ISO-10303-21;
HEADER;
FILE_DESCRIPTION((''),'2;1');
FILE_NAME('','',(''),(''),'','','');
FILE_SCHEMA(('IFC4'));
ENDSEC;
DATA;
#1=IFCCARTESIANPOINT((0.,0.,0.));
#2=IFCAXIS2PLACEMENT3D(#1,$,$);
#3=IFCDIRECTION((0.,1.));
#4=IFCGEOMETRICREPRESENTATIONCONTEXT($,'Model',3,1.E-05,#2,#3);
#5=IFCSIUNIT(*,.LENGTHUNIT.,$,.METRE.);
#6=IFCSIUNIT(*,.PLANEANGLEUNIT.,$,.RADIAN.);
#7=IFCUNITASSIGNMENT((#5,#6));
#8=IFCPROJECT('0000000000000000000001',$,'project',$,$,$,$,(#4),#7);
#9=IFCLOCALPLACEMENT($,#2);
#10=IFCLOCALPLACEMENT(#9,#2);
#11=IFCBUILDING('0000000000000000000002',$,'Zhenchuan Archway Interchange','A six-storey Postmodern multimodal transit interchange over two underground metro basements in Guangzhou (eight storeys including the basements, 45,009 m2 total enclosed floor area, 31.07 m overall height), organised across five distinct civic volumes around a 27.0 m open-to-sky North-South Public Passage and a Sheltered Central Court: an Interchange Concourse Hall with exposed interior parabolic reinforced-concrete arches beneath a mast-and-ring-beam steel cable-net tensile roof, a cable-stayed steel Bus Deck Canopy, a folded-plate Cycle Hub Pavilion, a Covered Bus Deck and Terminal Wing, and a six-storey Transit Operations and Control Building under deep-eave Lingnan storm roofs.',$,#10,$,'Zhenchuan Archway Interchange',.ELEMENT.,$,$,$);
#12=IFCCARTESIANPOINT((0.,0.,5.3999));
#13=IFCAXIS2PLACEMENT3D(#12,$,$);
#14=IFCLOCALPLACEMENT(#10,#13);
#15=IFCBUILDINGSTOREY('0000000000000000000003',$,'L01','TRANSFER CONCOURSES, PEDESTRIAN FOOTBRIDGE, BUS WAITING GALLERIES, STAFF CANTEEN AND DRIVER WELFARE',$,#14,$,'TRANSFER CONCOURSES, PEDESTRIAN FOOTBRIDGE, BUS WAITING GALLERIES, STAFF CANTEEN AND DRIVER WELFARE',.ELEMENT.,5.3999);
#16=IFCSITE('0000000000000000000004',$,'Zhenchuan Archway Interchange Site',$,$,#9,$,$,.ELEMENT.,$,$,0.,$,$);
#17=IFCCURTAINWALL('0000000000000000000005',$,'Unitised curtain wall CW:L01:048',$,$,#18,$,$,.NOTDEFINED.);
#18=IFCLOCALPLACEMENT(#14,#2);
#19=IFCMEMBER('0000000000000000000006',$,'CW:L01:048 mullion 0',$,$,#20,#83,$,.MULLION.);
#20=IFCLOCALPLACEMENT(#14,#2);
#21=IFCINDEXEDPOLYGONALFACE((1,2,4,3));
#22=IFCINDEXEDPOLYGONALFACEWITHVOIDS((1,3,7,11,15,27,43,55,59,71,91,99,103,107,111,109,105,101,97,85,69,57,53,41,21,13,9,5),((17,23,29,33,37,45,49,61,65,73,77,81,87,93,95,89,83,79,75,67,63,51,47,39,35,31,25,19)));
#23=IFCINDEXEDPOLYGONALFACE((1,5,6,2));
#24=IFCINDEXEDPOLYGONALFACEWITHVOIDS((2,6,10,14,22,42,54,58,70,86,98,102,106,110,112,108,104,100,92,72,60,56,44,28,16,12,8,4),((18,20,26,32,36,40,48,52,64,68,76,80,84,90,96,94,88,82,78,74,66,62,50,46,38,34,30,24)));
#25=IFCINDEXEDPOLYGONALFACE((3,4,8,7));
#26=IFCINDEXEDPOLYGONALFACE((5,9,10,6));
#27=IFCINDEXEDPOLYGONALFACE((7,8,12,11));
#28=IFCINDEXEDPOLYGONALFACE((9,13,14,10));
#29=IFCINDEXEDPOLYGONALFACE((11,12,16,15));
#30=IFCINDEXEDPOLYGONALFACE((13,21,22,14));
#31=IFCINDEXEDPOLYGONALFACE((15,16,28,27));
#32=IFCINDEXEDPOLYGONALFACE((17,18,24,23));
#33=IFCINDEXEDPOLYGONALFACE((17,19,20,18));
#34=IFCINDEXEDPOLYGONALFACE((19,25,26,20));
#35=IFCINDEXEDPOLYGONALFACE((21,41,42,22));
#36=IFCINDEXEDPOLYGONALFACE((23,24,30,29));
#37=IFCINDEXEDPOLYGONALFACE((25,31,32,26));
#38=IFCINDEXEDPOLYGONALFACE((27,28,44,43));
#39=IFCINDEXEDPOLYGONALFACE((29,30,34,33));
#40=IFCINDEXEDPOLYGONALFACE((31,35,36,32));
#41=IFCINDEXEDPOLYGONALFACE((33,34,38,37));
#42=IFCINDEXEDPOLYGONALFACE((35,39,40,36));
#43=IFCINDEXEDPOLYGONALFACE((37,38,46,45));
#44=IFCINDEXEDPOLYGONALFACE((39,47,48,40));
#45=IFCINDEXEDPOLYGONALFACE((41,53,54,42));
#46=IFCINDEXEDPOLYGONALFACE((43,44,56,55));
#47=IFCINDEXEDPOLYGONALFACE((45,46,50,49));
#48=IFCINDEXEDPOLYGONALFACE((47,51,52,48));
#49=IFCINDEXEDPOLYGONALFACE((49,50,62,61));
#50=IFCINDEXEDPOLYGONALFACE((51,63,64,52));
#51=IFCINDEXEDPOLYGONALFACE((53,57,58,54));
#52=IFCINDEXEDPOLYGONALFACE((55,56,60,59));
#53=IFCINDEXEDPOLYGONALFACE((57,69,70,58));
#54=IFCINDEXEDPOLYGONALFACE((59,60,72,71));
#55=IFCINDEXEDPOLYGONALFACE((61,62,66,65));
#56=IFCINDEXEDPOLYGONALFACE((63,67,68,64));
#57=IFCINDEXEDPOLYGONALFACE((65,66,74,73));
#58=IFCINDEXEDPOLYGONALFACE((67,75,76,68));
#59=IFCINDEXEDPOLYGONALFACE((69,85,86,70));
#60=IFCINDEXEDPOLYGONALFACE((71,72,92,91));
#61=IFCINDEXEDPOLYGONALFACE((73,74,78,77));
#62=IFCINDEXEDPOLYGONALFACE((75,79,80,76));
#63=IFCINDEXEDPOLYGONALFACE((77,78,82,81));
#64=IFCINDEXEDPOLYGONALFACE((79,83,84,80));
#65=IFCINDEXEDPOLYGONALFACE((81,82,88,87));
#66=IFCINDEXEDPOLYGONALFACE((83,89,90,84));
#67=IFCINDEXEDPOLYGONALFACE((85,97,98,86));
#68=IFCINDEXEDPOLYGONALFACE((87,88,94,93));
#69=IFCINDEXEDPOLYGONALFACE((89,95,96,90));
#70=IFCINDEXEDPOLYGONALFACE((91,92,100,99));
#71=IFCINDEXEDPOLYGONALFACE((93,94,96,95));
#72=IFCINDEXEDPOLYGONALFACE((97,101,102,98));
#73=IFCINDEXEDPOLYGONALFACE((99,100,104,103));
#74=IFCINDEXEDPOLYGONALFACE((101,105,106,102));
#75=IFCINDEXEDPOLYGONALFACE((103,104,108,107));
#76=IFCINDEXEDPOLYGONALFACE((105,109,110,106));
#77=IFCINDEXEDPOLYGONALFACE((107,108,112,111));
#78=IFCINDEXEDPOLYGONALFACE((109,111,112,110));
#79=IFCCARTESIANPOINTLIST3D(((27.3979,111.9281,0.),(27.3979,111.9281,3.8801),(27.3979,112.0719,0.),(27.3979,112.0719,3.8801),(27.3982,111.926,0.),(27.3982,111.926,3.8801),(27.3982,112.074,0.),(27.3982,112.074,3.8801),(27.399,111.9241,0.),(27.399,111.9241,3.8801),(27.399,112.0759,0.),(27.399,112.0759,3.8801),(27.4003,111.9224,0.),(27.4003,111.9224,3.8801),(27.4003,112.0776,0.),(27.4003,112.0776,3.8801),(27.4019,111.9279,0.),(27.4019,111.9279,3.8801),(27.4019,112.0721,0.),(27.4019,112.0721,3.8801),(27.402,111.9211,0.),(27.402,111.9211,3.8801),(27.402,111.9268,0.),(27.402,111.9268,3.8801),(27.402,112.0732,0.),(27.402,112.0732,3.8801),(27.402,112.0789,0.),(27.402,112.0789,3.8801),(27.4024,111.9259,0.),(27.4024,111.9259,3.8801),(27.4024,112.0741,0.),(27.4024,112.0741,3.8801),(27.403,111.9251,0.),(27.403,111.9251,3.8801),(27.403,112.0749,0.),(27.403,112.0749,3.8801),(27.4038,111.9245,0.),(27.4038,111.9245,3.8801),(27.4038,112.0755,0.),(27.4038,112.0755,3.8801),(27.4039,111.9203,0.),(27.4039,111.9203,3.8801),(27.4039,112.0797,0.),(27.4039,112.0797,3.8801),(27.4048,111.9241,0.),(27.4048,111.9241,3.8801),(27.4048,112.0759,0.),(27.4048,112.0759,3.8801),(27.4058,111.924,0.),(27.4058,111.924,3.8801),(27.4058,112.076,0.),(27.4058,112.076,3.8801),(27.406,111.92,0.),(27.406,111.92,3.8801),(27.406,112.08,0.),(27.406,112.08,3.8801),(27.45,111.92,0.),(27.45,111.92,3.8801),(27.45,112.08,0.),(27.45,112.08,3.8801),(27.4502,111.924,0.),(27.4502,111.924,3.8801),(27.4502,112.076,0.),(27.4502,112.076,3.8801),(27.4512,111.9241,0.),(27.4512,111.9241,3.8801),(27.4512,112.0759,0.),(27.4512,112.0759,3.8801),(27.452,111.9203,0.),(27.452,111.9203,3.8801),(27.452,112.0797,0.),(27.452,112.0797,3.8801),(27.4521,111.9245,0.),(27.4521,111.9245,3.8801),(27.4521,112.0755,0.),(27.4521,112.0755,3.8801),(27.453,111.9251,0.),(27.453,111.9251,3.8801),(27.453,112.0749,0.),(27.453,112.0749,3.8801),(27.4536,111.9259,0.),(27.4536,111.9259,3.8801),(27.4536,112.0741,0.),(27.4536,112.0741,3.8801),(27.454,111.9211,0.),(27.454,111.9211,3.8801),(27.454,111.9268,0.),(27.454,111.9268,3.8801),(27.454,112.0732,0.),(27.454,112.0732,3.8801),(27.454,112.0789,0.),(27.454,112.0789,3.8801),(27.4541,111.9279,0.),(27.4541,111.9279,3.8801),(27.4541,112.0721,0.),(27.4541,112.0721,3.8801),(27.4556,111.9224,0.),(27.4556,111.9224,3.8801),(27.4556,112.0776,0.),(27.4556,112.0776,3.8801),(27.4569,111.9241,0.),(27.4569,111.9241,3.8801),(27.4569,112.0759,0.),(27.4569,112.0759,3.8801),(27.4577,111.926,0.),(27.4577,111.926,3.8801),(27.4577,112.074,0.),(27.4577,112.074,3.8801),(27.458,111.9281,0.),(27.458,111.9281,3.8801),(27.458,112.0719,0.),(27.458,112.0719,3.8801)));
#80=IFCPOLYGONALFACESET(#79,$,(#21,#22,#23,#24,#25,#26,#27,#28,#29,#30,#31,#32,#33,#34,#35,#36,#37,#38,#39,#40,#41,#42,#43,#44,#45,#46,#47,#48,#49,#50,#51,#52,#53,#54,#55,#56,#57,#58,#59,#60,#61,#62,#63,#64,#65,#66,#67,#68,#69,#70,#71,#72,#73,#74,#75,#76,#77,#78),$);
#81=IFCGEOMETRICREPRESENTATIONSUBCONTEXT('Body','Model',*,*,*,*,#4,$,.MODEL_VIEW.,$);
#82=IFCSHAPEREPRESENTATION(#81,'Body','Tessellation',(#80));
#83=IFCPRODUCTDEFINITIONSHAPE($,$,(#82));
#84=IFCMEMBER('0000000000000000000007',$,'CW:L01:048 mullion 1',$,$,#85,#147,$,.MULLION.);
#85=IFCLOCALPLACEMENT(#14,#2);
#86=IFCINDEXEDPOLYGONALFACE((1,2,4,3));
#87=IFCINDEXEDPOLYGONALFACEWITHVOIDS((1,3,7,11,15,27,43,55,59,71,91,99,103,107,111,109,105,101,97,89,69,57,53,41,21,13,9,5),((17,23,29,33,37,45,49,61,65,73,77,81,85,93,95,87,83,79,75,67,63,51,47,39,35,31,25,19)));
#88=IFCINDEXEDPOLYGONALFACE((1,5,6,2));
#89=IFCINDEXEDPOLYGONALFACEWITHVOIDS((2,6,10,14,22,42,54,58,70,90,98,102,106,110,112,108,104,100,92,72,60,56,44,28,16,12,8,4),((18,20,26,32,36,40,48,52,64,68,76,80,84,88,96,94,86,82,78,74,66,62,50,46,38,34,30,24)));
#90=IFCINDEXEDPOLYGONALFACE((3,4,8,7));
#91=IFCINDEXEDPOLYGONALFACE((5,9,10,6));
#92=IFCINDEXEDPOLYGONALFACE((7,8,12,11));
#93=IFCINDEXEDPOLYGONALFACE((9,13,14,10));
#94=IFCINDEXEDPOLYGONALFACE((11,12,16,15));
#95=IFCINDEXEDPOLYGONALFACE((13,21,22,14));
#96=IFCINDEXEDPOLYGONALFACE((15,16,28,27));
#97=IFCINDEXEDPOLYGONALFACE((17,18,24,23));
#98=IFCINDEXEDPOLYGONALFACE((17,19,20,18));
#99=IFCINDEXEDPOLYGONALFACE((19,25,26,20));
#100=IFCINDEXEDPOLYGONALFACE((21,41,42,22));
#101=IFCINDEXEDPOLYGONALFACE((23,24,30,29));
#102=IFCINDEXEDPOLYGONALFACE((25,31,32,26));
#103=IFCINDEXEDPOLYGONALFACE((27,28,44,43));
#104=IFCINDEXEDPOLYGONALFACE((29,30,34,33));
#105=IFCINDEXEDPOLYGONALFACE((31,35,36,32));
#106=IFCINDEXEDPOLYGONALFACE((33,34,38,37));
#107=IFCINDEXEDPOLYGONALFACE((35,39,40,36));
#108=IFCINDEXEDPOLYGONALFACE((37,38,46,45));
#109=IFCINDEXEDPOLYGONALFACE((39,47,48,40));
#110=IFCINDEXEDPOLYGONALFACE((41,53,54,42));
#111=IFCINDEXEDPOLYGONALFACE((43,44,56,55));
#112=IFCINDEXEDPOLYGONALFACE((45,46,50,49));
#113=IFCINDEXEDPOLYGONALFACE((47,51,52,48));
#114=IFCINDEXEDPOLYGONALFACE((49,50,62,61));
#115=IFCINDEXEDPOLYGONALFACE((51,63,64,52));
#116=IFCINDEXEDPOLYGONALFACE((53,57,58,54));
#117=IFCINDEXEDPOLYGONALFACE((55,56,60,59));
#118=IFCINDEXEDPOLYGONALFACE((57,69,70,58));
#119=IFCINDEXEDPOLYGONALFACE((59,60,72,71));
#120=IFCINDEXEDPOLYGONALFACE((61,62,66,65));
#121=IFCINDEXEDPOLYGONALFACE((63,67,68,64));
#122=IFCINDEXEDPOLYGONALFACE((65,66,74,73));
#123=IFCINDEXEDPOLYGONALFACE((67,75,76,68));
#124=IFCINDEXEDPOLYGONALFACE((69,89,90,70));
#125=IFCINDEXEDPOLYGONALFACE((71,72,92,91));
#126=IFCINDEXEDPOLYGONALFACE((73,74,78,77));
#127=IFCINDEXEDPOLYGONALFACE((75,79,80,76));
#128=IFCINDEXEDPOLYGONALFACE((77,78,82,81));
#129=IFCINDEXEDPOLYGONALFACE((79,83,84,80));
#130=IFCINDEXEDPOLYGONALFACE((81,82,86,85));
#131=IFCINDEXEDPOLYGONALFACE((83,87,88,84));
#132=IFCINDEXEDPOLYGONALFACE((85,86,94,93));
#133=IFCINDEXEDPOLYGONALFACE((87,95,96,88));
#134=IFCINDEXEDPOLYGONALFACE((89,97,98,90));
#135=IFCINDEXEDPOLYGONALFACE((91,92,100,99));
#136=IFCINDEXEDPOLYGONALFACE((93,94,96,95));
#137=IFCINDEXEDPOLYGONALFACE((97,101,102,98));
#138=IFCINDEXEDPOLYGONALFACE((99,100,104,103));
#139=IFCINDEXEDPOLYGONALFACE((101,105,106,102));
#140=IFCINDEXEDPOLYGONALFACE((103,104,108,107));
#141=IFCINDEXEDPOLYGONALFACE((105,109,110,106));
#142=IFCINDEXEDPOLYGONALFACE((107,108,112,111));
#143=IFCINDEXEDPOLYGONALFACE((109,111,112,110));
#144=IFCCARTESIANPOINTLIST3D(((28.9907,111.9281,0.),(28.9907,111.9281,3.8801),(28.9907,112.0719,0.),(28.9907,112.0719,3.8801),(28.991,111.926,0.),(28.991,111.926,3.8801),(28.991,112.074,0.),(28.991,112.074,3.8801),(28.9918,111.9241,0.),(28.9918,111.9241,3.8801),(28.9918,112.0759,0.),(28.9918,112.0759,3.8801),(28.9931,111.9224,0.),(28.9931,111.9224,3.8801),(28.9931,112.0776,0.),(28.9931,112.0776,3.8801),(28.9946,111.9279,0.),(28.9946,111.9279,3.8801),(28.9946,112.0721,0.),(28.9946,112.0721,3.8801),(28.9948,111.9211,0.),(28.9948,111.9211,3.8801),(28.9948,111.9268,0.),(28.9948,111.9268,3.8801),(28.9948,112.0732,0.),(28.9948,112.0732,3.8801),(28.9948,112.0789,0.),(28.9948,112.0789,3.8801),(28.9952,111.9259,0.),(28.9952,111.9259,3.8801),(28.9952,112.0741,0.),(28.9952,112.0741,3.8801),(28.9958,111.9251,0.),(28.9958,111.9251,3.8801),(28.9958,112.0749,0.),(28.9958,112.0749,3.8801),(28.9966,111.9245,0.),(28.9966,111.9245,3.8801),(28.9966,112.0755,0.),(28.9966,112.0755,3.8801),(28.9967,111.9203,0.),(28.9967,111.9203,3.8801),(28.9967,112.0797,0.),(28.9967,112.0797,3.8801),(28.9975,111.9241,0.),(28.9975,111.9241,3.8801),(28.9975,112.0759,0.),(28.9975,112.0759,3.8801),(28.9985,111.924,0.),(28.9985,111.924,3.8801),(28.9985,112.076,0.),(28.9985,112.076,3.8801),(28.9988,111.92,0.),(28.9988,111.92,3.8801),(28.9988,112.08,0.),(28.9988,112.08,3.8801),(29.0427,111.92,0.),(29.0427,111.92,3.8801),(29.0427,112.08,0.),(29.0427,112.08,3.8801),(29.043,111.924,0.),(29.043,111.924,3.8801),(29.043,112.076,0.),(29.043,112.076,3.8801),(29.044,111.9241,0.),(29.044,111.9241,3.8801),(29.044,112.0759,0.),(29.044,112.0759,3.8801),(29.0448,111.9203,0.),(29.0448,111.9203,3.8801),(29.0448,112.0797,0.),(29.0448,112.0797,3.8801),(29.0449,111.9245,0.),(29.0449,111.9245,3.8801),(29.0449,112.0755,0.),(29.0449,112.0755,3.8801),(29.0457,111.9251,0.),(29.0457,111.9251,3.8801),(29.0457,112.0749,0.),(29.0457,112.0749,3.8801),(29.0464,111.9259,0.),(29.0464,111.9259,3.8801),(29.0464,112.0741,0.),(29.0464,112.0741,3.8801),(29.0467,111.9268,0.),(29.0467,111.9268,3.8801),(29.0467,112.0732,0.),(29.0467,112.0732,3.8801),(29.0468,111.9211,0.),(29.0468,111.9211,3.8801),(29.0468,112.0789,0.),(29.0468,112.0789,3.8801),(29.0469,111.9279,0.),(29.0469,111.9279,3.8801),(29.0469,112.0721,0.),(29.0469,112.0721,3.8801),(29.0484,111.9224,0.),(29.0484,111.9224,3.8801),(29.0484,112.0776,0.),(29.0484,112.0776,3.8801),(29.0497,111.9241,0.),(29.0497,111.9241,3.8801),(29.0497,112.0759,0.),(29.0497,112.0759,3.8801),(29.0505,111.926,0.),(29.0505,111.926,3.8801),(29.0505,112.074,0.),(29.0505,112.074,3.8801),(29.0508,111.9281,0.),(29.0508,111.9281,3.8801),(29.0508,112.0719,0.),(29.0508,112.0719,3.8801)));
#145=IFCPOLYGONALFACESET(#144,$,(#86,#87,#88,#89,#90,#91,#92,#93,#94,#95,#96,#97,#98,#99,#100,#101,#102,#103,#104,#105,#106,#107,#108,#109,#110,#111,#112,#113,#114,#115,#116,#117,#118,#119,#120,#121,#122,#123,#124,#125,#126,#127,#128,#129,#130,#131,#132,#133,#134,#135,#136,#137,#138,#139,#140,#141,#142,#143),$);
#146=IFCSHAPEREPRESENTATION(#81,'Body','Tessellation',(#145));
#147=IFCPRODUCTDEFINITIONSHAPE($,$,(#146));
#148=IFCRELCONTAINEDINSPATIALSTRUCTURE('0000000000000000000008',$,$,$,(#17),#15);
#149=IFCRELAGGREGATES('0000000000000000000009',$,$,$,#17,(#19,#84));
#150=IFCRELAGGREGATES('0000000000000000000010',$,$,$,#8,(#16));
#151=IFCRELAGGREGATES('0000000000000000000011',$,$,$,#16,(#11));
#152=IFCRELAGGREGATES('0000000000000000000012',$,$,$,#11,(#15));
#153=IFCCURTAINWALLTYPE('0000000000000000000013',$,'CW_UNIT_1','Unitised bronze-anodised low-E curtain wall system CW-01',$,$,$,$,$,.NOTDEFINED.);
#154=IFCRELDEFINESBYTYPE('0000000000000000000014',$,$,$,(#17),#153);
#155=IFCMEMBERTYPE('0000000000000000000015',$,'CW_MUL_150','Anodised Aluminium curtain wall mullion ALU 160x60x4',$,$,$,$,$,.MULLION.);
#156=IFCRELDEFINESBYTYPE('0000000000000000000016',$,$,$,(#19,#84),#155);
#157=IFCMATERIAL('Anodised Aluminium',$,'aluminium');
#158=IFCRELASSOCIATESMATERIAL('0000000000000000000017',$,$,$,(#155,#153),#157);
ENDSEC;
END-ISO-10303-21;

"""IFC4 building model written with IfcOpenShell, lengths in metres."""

from ifc_helpers import new_model, si_unit, direction, frame, origin, origin_2d, place, context, subcontext, project, spatial, hollow_rectangle, extrude, material, material_profile, profile_set, type_object, element, aggregate, save


model = new_model("IFC4")

# Units and contexts
model_context = context("Model", 3, precision=1e-05, world=origin(), true_north=direction((0.0, 1.0)))
body_context = subcontext(model_context, "Body", "Model", "MODEL_VIEW")
ifc_project = project(units=[si_unit("LENGTHUNIT", "METRE"), si_unit("PLANEANGLEUNIT", "RADIAN")], contexts=[model_context])

# Site, building, storey
site_placement = place(None, origin())
site = spatial("IfcSite", under=ifc_project, at=site_placement, Name="Zhenchuan Archway Interchange Site", CompositionType="ELEMENT", RefElevation=0.0)
building_placement = place(site_placement, origin())
building = spatial("IfcBuilding", under=site, at=building_placement, Name="Zhenchuan Archway Interchange", Description="A six-storey Postmodern multimodal transit interchange over two underground metro basements in Guangzhou (eight storeys including the basements, 45,009 m2 total enclosed floor area, 31.07 m overall height), organised across five distinct civic volumes around a 27.0 m open-to-sky North-South Public Passage and a Sheltered Central Court: an Interchange Concourse Hall with exposed interior parabolic reinforced-concrete arches beneath a mast-and-ring-beam steel cable-net tensile roof, a cable-stayed steel Bus Deck Canopy, a folded-plate Cycle Hub Pavilion, a Covered Bus Deck and Terminal Wing, and a six-storey Transit Operations and Control Building under deep-eave Lingnan storm roofs.", LongName="Zhenchuan Archway Interchange", CompositionType="ELEMENT")
storey_placement = place(building_placement, frame((0.0, 0.0, 5.3999)))
storey = spatial("IfcBuildingStorey", under=building, at=storey_placement, Name="L01", Description="TRANSFER CONCOURSES, PEDESTRIAN FOOTBRIDGE, BUS WAITING GALLERIES, STAFF CANTEEN AND DRIVER WELFARE", LongName="TRANSFER CONCOURSES, PEDESTRIAN FOOTBRIDGE, BUS WAITING GALLERIES, STAFF CANTEEN AND DRIVER WELFARE", CompositionType="ELEMENT", Elevation=5.3999)

# Curtain wall, members
ifc_material_1 = material(Name="Anodised Aluminium", Category="aluminium")
ifc_material_profile_1 = material_profile(ifc_material_1, hollow_rectangle(XDim=0.0601, YDim=0.1599, WallThickness=0.0039, InnerFilletRadius=0.0039, OuterFilletRadius=0.0081, at=origin_2d()), Name="ALU 160x60x4")
ifc_profile_set_1 = profile_set([ifc_material_profile_1], Name="Anodised Aluminium")
member_type_1 = type_object("IfcMemberType", Name="CW_MUL_150", Description="Anodised Aluminium curtain wall mullion ALU 160x60x4", PredefinedType="MULLION", material=ifc_profile_set_1)
curtain_wall_type_1 = type_object("IfcCurtainWallType", Name="CW_UNIT_1", Description="Unitised bronze-anodised low-E curtain wall system CW-01", PredefinedType="NOTDEFINED", material=ifc_material_1)
curtain_wall_1_placement = place(storey_placement, origin())
curtain_wall_1 = element("IfcCurtainWall", 1, at=curtain_wall_1_placement, inside=storey, type_object=curtain_wall_type_1, Name="Unitised curtain wall CW:L01:048", PredefinedType="NOTDEFINED")
member_1_placement = place(storey_placement, frame((27.428, 112.0, 0.0), z_axis=(0.0, 0.0, 1.0), x_axis=(1.0, 0.0, 0.0)))
member_1 = element("IfcMember", 2, at=member_1_placement, type_object=member_type_1, Name="CW:L01:048 mullion 0", PredefinedType="MULLION", context=body_context, shape_type="SweptSolid", body=[
    extrude(hollow_rectangle(XDim=0.0601, YDim=0.1599, WallThickness=0.0039, InnerFilletRadius=0.0039, OuterFilletRadius=0.0081, at=origin_2d()), origin(), (0.0, 0.0, 1.0), 3.8801),
])
member_2_placement = place(storey_placement, frame((29.0208, 112.0, 0.0), z_axis=(0.0, 0.0, 1.0), x_axis=(1.0, 0.0, 0.0)))
member_2 = element("IfcMember", 3, at=member_2_placement, type_object=member_type_1, Name="CW:L01:048 mullion 1", PredefinedType="MULLION", context=body_context, shape_type="SweptSolid", body=[
    extrude(hollow_rectangle(XDim=0.0601, YDim=0.1599, WallThickness=0.0039, InnerFilletRadius=0.0039, OuterFilletRadius=0.0081, at=origin_2d()), origin(), (0.0, 0.0, 1.0), 3.8801),
])

aggregate(curtain_wall_1, [member_1, member_2])

save(model, "model.ifc")
